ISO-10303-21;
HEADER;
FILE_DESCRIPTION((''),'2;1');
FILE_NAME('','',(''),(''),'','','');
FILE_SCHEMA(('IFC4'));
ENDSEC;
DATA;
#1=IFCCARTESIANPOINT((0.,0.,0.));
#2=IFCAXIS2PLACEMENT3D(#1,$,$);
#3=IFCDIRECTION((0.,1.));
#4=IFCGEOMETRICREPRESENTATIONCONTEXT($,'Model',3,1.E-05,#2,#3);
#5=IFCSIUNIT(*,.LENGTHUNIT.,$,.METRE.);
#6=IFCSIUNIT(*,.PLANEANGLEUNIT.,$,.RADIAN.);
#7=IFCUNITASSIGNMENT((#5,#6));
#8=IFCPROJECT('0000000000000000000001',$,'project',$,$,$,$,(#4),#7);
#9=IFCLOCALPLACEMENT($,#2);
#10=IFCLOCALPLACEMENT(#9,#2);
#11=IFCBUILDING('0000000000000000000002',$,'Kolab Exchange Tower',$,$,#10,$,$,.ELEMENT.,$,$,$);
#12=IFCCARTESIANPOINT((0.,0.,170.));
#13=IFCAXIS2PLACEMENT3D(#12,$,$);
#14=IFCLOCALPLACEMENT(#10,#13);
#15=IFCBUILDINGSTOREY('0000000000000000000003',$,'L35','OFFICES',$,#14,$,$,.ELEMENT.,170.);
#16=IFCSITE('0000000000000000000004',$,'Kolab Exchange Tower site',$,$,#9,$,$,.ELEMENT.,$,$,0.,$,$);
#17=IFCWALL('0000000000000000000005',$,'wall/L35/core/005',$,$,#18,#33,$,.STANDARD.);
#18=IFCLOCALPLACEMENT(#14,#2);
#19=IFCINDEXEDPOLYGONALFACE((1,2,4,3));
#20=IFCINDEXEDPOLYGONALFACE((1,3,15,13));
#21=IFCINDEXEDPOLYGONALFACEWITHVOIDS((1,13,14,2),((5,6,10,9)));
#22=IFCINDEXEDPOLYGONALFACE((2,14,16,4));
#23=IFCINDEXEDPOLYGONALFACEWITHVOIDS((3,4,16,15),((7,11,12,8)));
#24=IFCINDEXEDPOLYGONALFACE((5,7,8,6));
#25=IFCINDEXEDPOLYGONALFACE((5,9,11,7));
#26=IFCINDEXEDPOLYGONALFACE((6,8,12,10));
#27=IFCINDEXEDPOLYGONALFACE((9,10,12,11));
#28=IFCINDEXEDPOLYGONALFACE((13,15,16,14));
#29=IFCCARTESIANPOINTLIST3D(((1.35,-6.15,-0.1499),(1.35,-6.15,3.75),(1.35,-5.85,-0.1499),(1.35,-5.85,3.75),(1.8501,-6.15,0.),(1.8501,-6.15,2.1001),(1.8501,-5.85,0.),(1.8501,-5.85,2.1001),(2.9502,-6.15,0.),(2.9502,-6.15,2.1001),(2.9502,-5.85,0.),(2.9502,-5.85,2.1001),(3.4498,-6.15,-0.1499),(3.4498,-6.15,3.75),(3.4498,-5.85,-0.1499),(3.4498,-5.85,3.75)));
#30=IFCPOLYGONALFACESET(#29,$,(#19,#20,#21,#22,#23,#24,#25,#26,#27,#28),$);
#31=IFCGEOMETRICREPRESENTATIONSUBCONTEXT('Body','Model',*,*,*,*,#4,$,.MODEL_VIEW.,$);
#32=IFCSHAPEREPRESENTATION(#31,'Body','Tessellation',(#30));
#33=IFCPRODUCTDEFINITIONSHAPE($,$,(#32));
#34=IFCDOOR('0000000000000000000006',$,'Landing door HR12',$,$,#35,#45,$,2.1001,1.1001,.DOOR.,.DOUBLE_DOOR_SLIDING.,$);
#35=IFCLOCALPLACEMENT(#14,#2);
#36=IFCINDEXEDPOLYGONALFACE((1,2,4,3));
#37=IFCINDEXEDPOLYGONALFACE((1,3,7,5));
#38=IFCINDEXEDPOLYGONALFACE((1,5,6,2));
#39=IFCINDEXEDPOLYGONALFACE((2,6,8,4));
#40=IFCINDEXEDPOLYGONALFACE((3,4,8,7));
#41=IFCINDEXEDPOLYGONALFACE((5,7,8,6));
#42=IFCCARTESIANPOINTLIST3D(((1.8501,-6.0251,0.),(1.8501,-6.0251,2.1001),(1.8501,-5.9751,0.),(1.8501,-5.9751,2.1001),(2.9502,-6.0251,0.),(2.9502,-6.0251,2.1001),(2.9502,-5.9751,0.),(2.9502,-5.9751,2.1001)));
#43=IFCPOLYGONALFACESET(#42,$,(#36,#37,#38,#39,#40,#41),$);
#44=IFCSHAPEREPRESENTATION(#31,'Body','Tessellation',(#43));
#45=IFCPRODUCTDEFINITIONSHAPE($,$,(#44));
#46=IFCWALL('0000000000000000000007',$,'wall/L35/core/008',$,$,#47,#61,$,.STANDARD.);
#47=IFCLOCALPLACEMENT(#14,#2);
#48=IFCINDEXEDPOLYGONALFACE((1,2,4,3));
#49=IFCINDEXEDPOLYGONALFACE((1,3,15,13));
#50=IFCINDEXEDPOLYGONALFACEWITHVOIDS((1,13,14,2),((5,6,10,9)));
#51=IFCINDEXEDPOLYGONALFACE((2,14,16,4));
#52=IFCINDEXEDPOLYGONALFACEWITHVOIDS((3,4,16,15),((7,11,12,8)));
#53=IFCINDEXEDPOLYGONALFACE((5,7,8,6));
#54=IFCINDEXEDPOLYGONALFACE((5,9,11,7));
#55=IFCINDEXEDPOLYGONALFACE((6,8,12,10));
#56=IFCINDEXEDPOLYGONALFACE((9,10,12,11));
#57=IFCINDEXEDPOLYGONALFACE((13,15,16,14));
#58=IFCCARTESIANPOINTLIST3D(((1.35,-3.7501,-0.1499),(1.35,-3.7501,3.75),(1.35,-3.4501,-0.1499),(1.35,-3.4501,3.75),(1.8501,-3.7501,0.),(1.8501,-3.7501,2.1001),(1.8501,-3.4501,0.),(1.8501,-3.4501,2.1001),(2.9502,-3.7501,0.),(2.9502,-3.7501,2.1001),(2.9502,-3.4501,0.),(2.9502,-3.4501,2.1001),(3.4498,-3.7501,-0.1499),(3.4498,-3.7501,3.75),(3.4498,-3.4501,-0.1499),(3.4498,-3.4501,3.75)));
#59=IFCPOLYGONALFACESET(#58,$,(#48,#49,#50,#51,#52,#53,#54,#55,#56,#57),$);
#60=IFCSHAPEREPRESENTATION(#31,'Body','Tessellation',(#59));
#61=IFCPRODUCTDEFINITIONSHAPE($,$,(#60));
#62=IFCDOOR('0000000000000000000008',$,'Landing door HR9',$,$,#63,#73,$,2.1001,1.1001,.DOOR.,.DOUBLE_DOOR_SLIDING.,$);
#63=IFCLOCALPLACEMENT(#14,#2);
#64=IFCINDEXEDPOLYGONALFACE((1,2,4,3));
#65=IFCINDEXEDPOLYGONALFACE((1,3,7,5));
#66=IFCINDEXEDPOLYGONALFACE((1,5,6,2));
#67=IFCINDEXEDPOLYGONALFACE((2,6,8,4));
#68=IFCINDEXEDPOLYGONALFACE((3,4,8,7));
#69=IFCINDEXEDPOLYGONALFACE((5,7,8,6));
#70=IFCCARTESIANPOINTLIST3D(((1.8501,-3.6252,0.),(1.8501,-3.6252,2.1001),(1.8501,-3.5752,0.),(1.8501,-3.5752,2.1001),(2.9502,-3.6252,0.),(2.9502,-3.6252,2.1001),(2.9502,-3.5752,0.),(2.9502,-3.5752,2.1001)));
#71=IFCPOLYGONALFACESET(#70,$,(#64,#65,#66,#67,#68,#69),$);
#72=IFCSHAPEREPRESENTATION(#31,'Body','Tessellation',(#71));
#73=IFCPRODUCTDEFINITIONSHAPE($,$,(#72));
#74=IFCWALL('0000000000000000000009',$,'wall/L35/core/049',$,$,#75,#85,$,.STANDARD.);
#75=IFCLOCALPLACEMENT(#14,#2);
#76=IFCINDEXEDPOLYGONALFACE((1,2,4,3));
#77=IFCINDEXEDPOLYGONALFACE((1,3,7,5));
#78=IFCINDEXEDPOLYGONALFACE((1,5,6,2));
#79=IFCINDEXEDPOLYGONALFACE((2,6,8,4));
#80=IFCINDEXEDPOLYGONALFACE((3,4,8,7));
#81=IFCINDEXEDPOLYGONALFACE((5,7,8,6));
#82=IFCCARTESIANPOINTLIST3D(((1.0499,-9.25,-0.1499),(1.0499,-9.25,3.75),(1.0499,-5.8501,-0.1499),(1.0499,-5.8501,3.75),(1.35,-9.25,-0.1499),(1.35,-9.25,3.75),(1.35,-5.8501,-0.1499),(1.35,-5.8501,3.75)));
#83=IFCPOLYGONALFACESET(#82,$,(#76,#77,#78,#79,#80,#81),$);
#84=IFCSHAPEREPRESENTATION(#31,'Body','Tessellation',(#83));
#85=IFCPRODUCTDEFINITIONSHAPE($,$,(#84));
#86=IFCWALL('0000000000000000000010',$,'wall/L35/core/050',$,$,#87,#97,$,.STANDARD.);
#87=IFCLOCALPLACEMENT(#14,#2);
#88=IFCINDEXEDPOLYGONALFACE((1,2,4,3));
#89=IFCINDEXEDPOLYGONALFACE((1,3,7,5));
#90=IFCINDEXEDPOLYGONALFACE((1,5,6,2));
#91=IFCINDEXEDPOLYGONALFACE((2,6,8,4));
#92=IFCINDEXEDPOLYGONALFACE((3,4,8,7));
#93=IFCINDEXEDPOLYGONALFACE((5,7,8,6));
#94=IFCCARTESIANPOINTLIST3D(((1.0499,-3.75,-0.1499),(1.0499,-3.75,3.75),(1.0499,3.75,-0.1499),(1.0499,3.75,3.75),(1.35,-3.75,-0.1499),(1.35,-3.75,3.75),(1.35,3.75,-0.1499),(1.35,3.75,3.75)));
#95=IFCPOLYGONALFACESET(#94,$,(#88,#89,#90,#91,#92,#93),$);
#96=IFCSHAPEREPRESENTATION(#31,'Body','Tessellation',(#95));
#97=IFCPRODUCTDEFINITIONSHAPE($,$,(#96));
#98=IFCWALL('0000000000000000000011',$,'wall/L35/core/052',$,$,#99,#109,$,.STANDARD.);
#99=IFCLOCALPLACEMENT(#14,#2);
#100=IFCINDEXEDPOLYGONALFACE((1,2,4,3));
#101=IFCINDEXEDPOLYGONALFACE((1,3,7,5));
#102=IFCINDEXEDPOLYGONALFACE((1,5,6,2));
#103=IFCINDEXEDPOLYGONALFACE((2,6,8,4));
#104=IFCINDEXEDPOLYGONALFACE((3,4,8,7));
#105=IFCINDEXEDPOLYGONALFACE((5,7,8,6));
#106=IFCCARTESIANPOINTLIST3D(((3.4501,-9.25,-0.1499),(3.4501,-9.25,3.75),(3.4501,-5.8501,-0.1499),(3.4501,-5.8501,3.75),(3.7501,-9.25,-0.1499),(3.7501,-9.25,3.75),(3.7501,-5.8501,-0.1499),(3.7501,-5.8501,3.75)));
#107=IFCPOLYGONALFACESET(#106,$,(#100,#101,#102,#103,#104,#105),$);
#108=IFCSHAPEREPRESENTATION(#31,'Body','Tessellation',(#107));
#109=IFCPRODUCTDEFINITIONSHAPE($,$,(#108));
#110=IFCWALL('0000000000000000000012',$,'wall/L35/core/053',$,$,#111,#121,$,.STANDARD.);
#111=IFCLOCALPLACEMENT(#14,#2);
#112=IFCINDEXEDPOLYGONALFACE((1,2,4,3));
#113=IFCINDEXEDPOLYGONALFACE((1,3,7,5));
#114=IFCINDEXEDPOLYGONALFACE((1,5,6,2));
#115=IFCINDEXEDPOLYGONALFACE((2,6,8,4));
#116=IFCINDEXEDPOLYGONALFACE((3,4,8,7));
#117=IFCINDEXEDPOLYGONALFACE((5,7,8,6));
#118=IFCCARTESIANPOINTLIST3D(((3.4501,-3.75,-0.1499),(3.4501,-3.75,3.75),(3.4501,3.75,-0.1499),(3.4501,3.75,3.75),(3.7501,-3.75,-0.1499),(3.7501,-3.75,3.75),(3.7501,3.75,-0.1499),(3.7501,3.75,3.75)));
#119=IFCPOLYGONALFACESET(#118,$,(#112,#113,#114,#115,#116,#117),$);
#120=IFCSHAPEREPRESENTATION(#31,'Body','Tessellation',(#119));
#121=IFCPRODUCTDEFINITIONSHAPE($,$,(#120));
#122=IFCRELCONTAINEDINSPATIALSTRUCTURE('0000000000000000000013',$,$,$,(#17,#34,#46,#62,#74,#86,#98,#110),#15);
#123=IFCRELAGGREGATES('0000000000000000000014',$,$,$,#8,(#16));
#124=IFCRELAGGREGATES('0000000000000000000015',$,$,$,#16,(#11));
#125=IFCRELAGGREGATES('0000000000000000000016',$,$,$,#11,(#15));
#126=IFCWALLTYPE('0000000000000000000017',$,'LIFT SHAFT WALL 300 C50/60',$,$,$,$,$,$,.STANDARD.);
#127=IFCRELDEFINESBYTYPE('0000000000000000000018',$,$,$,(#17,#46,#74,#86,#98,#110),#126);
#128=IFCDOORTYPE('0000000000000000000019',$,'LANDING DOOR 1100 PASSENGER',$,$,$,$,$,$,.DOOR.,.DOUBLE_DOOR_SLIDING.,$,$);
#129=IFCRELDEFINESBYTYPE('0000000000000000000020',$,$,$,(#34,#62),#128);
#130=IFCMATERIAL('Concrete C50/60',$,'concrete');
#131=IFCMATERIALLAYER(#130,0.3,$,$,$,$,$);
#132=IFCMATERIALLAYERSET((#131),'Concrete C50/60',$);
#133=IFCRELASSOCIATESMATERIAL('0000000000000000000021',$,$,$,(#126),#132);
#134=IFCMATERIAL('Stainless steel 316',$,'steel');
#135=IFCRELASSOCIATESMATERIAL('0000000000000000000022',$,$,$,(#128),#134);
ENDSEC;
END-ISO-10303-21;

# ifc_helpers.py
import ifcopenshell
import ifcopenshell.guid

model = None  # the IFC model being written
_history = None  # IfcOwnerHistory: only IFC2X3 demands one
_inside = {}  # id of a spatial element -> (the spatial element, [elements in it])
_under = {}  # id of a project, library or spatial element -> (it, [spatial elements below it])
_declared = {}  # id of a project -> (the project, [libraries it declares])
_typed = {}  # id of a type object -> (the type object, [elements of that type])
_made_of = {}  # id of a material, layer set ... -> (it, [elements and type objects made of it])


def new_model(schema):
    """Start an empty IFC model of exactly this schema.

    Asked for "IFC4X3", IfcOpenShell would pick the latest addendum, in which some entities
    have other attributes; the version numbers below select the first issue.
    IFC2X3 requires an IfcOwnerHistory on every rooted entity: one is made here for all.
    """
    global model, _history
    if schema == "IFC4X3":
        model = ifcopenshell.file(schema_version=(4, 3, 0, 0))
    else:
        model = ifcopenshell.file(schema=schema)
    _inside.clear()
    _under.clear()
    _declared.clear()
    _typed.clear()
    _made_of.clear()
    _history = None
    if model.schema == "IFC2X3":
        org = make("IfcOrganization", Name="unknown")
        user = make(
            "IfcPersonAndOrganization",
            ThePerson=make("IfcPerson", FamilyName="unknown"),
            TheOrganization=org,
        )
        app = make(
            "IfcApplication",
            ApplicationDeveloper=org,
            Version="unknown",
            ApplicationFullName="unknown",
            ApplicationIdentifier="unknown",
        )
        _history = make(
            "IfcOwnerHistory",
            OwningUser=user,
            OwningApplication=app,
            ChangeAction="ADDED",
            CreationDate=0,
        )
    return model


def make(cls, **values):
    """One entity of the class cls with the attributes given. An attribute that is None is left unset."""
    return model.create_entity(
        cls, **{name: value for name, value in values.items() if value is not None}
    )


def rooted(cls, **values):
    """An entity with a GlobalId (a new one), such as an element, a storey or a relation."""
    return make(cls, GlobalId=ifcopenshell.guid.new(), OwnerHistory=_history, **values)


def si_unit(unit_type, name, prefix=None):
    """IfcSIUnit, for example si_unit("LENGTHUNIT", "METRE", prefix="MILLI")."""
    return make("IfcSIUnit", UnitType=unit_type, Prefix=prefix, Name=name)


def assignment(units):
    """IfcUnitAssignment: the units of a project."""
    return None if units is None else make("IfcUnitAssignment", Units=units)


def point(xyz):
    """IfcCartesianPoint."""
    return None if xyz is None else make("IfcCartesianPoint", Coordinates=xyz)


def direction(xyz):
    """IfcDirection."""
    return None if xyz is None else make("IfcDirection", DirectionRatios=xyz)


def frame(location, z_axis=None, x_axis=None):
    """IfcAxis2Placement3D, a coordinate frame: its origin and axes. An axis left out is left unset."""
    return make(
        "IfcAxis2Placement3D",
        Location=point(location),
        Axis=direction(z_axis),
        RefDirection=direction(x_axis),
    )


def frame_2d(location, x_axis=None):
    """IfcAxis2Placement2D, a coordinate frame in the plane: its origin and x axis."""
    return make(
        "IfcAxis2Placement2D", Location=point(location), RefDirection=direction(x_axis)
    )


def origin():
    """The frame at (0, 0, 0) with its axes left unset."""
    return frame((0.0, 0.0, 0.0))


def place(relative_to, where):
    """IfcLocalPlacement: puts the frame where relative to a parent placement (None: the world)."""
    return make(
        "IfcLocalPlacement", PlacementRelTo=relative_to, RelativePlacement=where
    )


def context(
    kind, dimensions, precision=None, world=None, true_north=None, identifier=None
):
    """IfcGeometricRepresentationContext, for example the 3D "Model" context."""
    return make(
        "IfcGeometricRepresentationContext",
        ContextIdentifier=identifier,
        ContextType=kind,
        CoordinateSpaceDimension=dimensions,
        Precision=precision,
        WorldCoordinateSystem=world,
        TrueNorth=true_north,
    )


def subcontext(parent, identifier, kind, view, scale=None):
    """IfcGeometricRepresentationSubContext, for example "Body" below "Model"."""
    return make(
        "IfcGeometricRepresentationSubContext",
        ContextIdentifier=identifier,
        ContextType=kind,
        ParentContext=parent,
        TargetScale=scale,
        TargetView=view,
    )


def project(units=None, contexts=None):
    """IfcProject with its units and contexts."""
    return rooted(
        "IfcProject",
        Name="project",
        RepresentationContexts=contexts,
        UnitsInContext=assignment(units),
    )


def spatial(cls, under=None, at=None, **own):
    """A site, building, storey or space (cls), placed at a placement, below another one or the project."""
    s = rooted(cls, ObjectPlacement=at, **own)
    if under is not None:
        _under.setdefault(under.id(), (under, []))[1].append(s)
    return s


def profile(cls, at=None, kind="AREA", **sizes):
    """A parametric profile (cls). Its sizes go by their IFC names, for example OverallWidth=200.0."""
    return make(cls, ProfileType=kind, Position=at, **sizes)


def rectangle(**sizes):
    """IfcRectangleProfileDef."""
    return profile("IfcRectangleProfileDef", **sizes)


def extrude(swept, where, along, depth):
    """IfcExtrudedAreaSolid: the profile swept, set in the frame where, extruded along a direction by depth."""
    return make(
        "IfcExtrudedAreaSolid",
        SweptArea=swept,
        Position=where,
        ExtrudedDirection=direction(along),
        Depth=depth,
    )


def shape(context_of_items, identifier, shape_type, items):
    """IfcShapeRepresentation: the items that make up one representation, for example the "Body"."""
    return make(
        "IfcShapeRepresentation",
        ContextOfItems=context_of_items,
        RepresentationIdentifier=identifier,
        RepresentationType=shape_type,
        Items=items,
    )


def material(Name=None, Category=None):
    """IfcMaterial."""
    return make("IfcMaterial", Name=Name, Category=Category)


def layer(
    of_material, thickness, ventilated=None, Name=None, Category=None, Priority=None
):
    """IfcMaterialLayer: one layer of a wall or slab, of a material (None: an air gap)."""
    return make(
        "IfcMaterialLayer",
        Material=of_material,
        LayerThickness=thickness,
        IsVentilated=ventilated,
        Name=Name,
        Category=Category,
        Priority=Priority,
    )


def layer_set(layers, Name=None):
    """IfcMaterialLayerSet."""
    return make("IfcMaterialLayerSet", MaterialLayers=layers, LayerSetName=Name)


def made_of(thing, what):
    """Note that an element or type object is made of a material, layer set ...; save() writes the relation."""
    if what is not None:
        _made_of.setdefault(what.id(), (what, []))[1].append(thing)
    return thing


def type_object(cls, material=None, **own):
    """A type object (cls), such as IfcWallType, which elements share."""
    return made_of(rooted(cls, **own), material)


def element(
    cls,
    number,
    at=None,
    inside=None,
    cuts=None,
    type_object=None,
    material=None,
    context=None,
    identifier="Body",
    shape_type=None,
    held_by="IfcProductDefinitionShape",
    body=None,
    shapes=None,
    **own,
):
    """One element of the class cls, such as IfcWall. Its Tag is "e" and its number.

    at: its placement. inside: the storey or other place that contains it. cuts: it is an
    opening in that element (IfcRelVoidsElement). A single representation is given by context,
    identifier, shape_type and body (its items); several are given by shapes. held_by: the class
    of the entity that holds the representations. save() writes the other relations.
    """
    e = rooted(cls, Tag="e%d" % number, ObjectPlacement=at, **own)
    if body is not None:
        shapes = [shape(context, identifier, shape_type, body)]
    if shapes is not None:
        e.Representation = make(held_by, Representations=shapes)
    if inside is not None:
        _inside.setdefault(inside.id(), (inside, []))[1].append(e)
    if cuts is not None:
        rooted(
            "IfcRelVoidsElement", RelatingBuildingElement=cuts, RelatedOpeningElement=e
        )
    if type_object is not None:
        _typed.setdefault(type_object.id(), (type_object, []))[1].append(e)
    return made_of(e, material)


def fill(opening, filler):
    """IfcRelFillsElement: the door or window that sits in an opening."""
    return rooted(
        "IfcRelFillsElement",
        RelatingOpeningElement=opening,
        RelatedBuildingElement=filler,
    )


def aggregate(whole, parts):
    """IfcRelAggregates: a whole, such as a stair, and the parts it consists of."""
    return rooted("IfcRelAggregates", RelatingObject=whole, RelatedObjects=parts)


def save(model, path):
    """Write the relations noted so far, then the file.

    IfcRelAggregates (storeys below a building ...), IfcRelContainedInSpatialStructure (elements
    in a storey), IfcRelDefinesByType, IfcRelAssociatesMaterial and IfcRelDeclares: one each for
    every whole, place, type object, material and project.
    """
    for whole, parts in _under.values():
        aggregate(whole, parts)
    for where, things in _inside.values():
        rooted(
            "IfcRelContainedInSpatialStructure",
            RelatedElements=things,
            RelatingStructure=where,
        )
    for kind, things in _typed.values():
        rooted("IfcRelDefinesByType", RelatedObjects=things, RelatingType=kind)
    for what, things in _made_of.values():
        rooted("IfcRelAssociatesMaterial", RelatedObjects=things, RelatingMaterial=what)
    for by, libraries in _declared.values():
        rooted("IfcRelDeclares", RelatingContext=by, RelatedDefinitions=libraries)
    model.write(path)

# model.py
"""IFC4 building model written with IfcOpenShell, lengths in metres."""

from ifc_helpers import new_model, si_unit, direction, frame, frame_2d, origin, place, context, subcontext, project, spatial, rectangle, extrude, material, layer, layer_set, type_object, element, fill, save


model = new_model("IFC4")

# Units and contexts
model_context = context("Model", 3, precision=1e-05, world=origin(), true_north=direction((0.0, 1.0)))
body_context = subcontext(model_context, "Body", "Model", "MODEL_VIEW")
ifc_project = project(units=[si_unit("LENGTHUNIT", "METRE"), si_unit("PLANEANGLEUNIT", "RADIAN")], contexts=[model_context])

# Site, building, storey
site_placement = place(None, origin())
site = spatial("IfcSite", under=ifc_project, at=site_placement, Name="Kolab Exchange Tower site", CompositionType="ELEMENT", RefElevation=0.0)
building_placement = place(site_placement, origin())
building = spatial("IfcBuilding", under=site, at=building_placement, Name="Kolab Exchange Tower", CompositionType="ELEMENT")
storey_placement = place(building_placement, frame((0.0, 0.0, 170.0)))
storey = spatial("IfcBuildingStorey", under=building, at=storey_placement, Name="L35", Description="OFFICES", CompositionType="ELEMENT", Elevation=170.0)

# Walls, openings, doors
ifc_material_1 = material(Name="Concrete C50/60", Category="concrete")
ifc_layer_1 = layer(ifc_material_1, 0.3)
ifc_layer_set_1 = layer_set([ifc_layer_1], Name="Concrete C50/60")
wall_type_1 = type_object("IfcWallType", Name="LIFT SHAFT WALL 300 C50/60", PredefinedType="STANDARD", material=ifc_layer_set_1)
wall_1_placement = place(storey_placement, frame((1.3501, -6.0, -0.1499), z_axis=(0.0, 0.0, 1.0), x_axis=(1.0, 0.0, 0.0)))
wall_1 = element("IfcWall", 1, at=wall_1_placement, inside=storey, type_object=wall_type_1, Name="wall/L35/core/005", PredefinedType="STANDARD", context=body_context, shape_type="SweptSolid", body=[
    extrude(rectangle(XDim=2.0999, YDim=0.3, at=frame_2d((1.0498, 0.0))), origin(), (0.0, 0.0, 1.0), 3.8999),
])
opening_1_placement = place(wall_1_placement, frame((0.5, 0.0, 0.1499)))
opening_1 = element("IfcOpeningElement", 2, at=opening_1_placement, cuts=wall_1, PredefinedType="OPENING", context=body_context, shape_type="SweptSolid", body=[
    extrude(rectangle(XDim=1.1001, YDim=2.1001, at=frame_2d((0.55, 1.05))), frame((0.0, 0.1602, 0.0), z_axis=(0.0, -1.0, 0.0), x_axis=(1.0, 0.0, 0.0)), (0.0, 0.0, 1.0), 0.3201),
])
ifc_material_2 = material(Name="Stainless steel 316", Category="steel")
door_type_1 = type_object("IfcDoorType", Name="LANDING DOOR 1100 PASSENGER", OperationType="DOUBLE_DOOR_SLIDING", PredefinedType="DOOR", material=ifc_material_2)
door_1_placement = place(opening_1_placement, origin())
door_1 = element("IfcDoor", 3, at=door_1_placement, inside=storey, type_object=door_type_1, Name="Landing door HR12", OperationType="DOUBLE_DOOR_SLIDING", OverallHeight=2.1001, OverallWidth=1.1001, PredefinedType="DOOR", context=body_context, shape_type="SweptSolid", body=[
    extrude(rectangle(XDim=1.1001, YDim=2.1001, at=frame_2d((0.55, 1.05))), frame((0.0, 0.0249, 0.0), z_axis=(0.0, -1.0, 0.0), x_axis=(1.0, 0.0, 0.0)), (0.0, 0.0, 1.0), 0.05),
])
fill(opening_1, door_1)
wall_2_placement = place(storey_placement, frame((1.3501, -3.6001, -0.1499), z_axis=(0.0, 0.0, 1.0), x_axis=(1.0, 0.0, 0.0)))
wall_2 = element("IfcWall", 4, at=wall_2_placement, inside=storey, type_object=wall_type_1, Name="wall/L35/core/008", PredefinedType="STANDARD", context=body_context, shape_type="SweptSolid", body=[
    extrude(rectangle(XDim=2.0999, YDim=0.3, at=frame_2d((1.0498, 0.0))), origin(), (0.0, 0.0, 1.0), 3.8999),
])
opening_2_placement = place(wall_2_placement, frame((0.5, 0.0, 0.1499)))
opening_2 = element("IfcOpeningElement", 5, at=opening_2_placement, cuts=wall_2, PredefinedType="OPENING", context=body_context, shape_type="SweptSolid", body=[
    extrude(rectangle(XDim=1.1001, YDim=2.1001, at=frame_2d((0.55, 1.05))), frame((0.0, 0.1602, 0.0), z_axis=(0.0, -1.0, 0.0), x_axis=(1.0, 0.0, 0.0)), (0.0, 0.0, 1.0), 0.3201),
])
door_2_placement = place(opening_2_placement, origin())
door_2 = element("IfcDoor", 6, at=door_2_placement, inside=storey, type_object=door_type_1, Name="Landing door HR9", OperationType="DOUBLE_DOOR_SLIDING", OverallHeight=2.1001, OverallWidth=1.1001, PredefinedType="DOOR", context=body_context, shape_type="SweptSolid", body=[
    extrude(rectangle(XDim=1.1001, YDim=2.1001, at=frame_2d((0.55, 1.05))), frame((0.0, 0.0249, 0.0), z_axis=(0.0, -1.0, 0.0), x_axis=(1.0, 0.0, 0.0)), (0.0, 0.0, 1.0), 0.05),
])
fill(opening_2, door_2)

# Walls
wall_3_placement = place(storey_placement, frame((1.2, -9.25, -0.1499), z_axis=(0.0, 0.0, 1.0), x_axis=(0.0, 1.0, 0.0)))
element("IfcWall", 7, at=wall_3_placement, inside=storey, type_object=wall_type_1, Name="wall/L35/core/049", PredefinedType="STANDARD", context=body_context, shape_type="SweptSolid", body=[
    extrude(rectangle(XDim=3.3999, YDim=0.3, at=frame_2d((1.7, 0.0))), origin(), (0.0, 0.0, 1.0), 3.8999),
])
wall_4_placement = place(storey_placement, frame((1.2, -3.75, -0.1499), z_axis=(0.0, 0.0, 1.0), x_axis=(0.0, 1.0, 0.0)))
element("IfcWall", 8, at=wall_4_placement, inside=storey, type_object=wall_type_1, Name="wall/L35/core/050", PredefinedType="STANDARD", context=body_context, shape_type="SweptSolid", body=[
    extrude(rectangle(XDim=7.5, YDim=0.3, at=frame_2d((3.75, 0.0))), origin(), (0.0, 0.0, 1.0), 3.8999),
])
wall_5_placement = place(storey_placement, frame((3.6001, -9.25, -0.1499), z_axis=(0.0, 0.0, 1.0), x_axis=(0.0, 1.0, 0.0)))
element("IfcWall", 9, at=wall_5_placement, inside=storey, type_object=wall_type_1, Name="wall/L35/core/052", PredefinedType="STANDARD", context=body_context, shape_type="SweptSolid", body=[
    extrude(rectangle(XDim=3.3999, YDim=0.3, at=frame_2d((1.7, 0.0))), origin(), (0.0, 0.0, 1.0), 3.8999),
])
wall_6_placement = place(storey_placement, frame((3.6001, -3.75, -0.1499), z_axis=(0.0, 0.0, 1.0), x_axis=(0.0, 1.0, 0.0)))
element("IfcWall", 10, at=wall_6_placement, inside=storey, type_object=wall_type_1, Name="wall/L35/core/053", PredefinedType="STANDARD", context=body_context, shape_type="SweptSolid", body=[
    extrude(rectangle(XDim=7.5, YDim=0.3, at=frame_2d((3.75, 0.0))), origin(), (0.0, 0.0, 1.0), 3.8999),
])

save(model, "model.ifc")
